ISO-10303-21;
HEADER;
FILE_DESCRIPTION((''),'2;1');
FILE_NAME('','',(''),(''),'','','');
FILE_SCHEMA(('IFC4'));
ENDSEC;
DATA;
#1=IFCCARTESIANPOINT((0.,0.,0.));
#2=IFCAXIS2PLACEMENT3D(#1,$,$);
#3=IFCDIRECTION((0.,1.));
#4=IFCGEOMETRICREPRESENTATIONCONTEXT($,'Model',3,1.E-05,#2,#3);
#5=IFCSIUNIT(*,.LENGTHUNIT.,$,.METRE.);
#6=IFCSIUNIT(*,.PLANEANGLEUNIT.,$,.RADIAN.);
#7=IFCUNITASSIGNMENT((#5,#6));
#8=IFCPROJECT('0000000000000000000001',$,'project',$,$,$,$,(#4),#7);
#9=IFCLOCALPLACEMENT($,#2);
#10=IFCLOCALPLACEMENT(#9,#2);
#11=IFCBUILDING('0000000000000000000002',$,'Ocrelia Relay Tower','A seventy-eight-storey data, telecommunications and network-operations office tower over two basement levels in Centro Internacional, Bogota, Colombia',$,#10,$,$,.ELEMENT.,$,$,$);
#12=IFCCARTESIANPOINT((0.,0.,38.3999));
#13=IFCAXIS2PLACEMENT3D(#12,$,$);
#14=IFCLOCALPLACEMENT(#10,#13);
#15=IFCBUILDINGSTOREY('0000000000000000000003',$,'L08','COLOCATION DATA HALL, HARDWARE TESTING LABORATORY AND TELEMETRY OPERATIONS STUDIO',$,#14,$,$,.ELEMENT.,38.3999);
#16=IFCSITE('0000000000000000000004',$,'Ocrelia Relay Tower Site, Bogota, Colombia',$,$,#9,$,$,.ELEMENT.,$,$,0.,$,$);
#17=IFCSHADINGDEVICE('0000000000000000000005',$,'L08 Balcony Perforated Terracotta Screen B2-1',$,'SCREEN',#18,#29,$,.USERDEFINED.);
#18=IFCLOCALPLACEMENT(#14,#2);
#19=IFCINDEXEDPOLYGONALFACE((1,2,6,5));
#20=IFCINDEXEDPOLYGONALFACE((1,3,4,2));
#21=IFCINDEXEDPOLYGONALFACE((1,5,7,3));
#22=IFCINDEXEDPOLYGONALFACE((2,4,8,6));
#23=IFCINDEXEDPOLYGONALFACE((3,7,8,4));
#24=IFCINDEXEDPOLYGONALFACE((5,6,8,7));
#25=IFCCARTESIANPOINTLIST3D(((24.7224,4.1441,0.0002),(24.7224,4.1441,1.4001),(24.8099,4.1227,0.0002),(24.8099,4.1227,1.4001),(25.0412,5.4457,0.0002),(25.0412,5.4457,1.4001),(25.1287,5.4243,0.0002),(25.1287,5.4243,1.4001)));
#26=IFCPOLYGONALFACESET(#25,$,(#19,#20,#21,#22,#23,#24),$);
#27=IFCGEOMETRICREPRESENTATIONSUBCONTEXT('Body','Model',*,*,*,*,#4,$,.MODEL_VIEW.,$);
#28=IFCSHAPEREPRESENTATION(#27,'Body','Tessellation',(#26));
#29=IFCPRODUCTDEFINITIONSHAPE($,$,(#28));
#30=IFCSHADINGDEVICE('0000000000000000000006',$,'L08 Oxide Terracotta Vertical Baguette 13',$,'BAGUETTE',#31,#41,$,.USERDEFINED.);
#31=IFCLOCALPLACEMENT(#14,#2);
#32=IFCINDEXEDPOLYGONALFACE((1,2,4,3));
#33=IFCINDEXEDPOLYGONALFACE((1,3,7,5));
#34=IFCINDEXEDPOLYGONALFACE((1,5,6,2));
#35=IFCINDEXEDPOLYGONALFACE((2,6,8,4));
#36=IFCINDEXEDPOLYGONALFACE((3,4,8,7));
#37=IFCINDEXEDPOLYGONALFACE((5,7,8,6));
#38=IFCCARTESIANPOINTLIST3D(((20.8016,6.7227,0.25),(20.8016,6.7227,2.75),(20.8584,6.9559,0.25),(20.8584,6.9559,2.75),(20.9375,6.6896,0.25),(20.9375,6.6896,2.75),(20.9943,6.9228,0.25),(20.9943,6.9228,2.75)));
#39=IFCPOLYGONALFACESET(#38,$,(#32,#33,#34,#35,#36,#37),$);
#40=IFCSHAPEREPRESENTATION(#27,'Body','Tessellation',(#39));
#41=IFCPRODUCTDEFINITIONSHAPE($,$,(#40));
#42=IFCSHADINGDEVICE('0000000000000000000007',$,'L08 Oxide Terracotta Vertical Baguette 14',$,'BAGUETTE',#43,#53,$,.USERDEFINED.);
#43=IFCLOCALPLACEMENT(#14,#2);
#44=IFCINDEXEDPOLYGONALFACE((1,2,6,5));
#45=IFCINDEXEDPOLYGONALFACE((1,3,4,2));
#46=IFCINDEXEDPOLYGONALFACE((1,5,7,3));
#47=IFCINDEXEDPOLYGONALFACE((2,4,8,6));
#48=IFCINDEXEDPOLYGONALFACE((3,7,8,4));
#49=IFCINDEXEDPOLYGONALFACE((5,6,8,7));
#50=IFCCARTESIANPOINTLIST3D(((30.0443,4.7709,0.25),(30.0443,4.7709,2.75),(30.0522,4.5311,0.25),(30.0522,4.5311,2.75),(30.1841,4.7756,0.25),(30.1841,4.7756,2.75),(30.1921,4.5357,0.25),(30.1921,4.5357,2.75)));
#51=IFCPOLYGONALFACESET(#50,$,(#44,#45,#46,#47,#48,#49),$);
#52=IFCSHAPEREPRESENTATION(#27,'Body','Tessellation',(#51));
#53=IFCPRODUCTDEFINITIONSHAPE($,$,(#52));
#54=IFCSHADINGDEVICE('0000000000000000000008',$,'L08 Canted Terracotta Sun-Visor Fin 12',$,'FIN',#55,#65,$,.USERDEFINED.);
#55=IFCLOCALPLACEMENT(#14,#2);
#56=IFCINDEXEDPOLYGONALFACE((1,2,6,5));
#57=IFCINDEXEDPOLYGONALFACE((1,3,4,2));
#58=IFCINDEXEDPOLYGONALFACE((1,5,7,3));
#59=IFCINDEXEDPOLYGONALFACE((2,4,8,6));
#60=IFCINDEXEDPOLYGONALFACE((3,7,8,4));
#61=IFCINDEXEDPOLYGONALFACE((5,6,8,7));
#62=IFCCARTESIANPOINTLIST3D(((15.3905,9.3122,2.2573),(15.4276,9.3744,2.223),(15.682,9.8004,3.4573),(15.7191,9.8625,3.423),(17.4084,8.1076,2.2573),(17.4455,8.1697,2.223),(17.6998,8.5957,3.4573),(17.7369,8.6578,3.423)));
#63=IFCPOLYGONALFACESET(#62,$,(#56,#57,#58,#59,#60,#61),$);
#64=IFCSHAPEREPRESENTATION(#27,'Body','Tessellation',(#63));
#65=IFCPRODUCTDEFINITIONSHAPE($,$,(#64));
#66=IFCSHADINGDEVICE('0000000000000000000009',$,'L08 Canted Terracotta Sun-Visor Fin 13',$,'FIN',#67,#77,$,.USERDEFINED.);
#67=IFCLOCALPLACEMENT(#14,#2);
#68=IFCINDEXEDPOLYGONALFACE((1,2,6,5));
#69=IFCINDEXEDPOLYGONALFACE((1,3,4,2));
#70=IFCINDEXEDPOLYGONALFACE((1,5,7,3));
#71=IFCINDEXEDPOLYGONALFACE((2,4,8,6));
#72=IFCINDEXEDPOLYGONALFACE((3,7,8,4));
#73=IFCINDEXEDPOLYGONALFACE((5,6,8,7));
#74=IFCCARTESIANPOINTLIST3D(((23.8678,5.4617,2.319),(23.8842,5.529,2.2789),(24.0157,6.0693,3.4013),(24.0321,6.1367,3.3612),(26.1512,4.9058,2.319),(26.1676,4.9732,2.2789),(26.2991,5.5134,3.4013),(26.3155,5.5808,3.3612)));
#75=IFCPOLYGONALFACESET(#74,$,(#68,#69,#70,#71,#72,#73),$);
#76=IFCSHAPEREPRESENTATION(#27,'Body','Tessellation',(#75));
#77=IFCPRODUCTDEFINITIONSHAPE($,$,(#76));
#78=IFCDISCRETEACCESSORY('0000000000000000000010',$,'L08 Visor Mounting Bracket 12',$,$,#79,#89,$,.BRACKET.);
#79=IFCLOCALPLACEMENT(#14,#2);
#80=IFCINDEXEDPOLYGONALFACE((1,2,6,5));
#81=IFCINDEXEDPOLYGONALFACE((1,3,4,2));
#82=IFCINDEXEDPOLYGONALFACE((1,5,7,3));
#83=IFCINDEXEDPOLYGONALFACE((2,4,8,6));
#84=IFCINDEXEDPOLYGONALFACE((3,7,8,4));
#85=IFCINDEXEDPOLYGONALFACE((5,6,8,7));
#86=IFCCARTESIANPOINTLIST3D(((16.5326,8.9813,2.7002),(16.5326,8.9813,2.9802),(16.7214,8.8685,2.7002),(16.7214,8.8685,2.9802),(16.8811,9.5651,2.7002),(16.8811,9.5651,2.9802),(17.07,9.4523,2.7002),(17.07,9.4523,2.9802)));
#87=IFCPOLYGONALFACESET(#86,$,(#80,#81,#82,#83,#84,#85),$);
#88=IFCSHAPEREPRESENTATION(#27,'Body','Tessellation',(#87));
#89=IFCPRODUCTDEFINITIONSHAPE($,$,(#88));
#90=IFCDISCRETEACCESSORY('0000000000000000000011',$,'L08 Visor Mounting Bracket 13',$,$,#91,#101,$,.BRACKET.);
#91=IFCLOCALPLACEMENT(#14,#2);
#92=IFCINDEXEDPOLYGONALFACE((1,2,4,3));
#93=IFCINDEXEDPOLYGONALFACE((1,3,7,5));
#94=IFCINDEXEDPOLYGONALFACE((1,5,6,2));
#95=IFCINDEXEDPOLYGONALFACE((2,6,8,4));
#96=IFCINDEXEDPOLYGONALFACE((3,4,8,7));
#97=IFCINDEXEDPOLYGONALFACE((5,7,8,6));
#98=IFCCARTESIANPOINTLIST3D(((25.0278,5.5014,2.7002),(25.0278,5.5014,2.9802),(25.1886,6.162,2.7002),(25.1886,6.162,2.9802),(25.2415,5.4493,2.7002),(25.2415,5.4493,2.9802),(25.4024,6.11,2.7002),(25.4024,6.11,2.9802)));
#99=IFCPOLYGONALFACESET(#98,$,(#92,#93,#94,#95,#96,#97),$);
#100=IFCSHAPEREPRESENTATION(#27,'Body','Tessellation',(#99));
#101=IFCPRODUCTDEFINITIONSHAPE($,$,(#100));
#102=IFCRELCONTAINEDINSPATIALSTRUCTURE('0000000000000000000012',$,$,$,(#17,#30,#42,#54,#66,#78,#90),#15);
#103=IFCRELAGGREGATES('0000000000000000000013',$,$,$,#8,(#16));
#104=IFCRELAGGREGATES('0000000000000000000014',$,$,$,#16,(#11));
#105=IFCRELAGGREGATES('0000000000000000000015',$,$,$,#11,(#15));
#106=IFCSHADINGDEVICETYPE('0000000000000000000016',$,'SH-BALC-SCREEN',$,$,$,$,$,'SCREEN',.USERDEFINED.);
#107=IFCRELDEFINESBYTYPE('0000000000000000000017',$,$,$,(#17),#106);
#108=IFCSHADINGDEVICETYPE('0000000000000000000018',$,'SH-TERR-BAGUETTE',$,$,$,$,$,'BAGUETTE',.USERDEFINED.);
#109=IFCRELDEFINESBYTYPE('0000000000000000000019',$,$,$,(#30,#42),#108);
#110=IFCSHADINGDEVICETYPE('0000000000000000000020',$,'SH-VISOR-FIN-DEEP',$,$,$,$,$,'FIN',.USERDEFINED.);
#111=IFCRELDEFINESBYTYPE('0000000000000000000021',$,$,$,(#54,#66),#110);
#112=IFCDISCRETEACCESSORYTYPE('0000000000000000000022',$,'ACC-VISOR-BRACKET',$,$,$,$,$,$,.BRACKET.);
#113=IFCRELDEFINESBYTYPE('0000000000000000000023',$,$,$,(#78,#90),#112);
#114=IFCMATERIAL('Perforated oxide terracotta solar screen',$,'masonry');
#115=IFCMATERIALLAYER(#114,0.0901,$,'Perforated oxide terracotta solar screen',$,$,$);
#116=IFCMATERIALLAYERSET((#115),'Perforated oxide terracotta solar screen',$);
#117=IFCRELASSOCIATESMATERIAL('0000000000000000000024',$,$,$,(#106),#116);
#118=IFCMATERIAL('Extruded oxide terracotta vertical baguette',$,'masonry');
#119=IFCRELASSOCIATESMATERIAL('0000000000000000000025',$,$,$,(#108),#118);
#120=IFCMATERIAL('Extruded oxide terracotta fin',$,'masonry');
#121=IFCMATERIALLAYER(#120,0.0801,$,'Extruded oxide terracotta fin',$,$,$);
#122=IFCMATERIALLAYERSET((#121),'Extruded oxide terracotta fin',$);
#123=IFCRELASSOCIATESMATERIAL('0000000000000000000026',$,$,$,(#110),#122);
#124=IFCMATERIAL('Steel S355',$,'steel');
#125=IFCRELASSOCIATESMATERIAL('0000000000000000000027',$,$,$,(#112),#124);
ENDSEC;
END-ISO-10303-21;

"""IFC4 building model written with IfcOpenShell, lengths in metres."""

from ifc_helpers import new_model, si_unit, direction, frame, origin, origin_2d, place, context, subcontext, project, spatial, rectangle, extrude, material, layer, layer_set, type_object, element, save


model = new_model("IFC4")

# Units and contexts
model_context = context("Model", 3, precision=1e-05, world=origin(), true_north=direction((0.0, 1.0)))
body_context = subcontext(model_context, "Body", "Model", "MODEL_VIEW")
ifc_project = project(units=[si_unit("LENGTHUNIT", "METRE"), si_unit("PLANEANGLEUNIT", "RADIAN")], contexts=[model_context])

# Site, building, storey
site_placement = place(None, origin())
site = spatial("IfcSite", under=ifc_project, at=site_placement, Name="Ocrelia Relay Tower Site, Bogota, Colombia", CompositionType="ELEMENT", RefElevation=0.0)
building_placement = place(site_placement, origin())
building = spatial("IfcBuilding", under=site, at=building_placement, Name="Ocrelia Relay Tower", Description="A seventy-eight-storey data, telecommunications and network-operations office tower over two basement levels in Centro Internacional, Bogota, Colombia", CompositionType="ELEMENT")
storey_placement = place(building_placement, frame((0.0, 0.0, 38.3999)))
storey = spatial("IfcBuildingStorey", under=building, at=storey_placement, Name="L08", Description="COLOCATION DATA HALL, HARDWARE TESTING LABORATORY AND TELEMETRY OPERATIONS STUDIO", CompositionType="ELEMENT", Elevation=38.3999)

# Shared definitions
ifc_material_1 = material(Name="Steel S355", Category="steel")

# Shading devices
ifc_material_2 = material(Name="Perforated oxide terracotta solar screen", Category="masonry")
ifc_layer_1 = layer(ifc_material_2, 0.0901, Name="Perforated oxide terracotta solar screen")
ifc_layer_set_1 = layer_set([ifc_layer_1], Name="Perforated oxide terracotta solar screen")
shading_device_type_1 = type_object("IfcShadingDeviceType", Name="SH-BALC-SCREEN", ElementType="SCREEN", PredefinedType="USERDEFINED", material=ifc_layer_set_1)
shading_device_1_placement = place(storey_placement, frame((24.9255, 4.7842, 0.0002), z_axis=(0.0, 0.0, 1.0), x_axis=(-0.237889, -0.971292, 0.0)))
element("IfcShadingDevice", 1, at=shading_device_1_placement, inside=storey, type_object=shading_device_type_1, Name="L08 Balcony Perforated Terracotta Screen B2-1", ObjectType="SCREEN", PredefinedType="USERDEFINED", context=body_context, shape_type="SweptSolid", body=[
    extrude(rectangle(XDim=1.3401, YDim=0.0901, at=origin_2d()), origin(), (0.0, 0.0, 1.0), 1.3999),
])
ifc_material_3 = material(Name="Extruded oxide terracotta vertical baguette", Category="masonry")
shading_device_type_2 = type_object("IfcShadingDeviceType", Name="SH-TERR-BAGUETTE", ElementType="BAGUETTE", PredefinedType="USERDEFINED", material=ifc_material_3)
for number, where, z_axis, x_axis, name in (
    (2, (20.8979, 6.8228, 0.25), (0.0, 0.0, 1.0), (0.971625, -0.236528, 0.0), "L08 Oxide Terracotta Vertical Baguette 13"),
    (3, (30.1182, 4.6533, 0.25), (0.0, 0.0, 1.0), (0.99945, 0.033154, 0.0), "L08 Oxide Terracotta Vertical Baguette 14"),
):
    element("IfcShadingDevice", number, at=place(storey_placement, frame(where, z_axis=z_axis, x_axis=x_axis)), inside=storey, type_object=shading_device_type_2, Name=name, ObjectType="BAGUETTE", PredefinedType="USERDEFINED", context=body_context, shape_type="SweptSolid", body=[
        extrude(rectangle(XDim=0.1399, YDim=0.24, at=origin_2d()), origin(), (0.0, 0.0, 1.0), 2.5),
    ])
ifc_material_4 = material(Name="Extruded oxide terracotta fin", Category="masonry")
ifc_layer_2 = layer(ifc_material_4, 0.0801, Name="Extruded oxide terracotta fin")
ifc_layer_set_2 = layer_set([ifc_layer_2], Name="Extruded oxide terracotta fin")
shading_device_type_3 = type_object("IfcShadingDeviceType", Name="SH-VISOR-FIN-DEEP", ElementType="FIN", PredefinedType="USERDEFINED", material=ifc_layer_set_2)
shading_device_2_placement = place(storey_placement, frame((16.5823, 9.0161, 2.823), z_axis=(-0.463249, -0.775945, 0.428147), x_axis=(0.858623, -0.512608, 0.0)))
element("IfcShadingDevice", 4, at=shading_device_2_placement, inside=storey, type_object=shading_device_type_3, Name="L08 Canted Terracotta Sun-Visor Fin 12", ObjectType="FIN", PredefinedType="USERDEFINED", context=body_context, shape_type="SweptSolid", body=[
    extrude(rectangle(XDim=2.3501, YDim=1.3279, at=origin_2d()), origin(), (0.0, 0.0, 1.0), 0.0801),
])
shading_device_3_placement = place(storey_placement, frame((25.0999, 5.5549, 2.8201), z_axis=(-0.204798, -0.841282, 0.500302), x_axis=(0.971625, -0.236528, 0.0)))
element("IfcShadingDevice", 5, at=shading_device_3_placement, inside=storey, type_object=shading_device_type_3, Name="L08 Canted Terracotta Sun-Visor Fin 13", ObjectType="FIN", PredefinedType="USERDEFINED", context=body_context, shape_type="SweptSolid", body=[
    extrude(rectangle(XDim=2.3501, YDim=1.25, at=origin_2d()), origin(), (0.0, 0.0, 1.0), 0.0801),
])

# Discrete accessories
discrete_accessory_type = type_object("IfcDiscreteAccessoryType", Name="ACC-VISOR-BRACKET", PredefinedType="BRACKET", material=ifc_material_1)
for number, where, z_axis, x_axis, name in (
    (6, (16.8013, 9.2168, 2.7002), (0.0, 0.0, 1.0), (0.858623, -0.512608, 0.0), "L08 Visor Mounting Bracket 12"),
    (7, (25.2151, 5.8057, 2.7002), (0.0, 0.0, 1.0), (0.971625, -0.236528, 0.0), "L08 Visor Mounting Bracket 13"),
):
    element("IfcDiscreteAccessory", number, at=place(storey_placement, frame(where, z_axis=z_axis, x_axis=x_axis)), inside=storey, type_object=discrete_accessory_type, Name=name, PredefinedType="BRACKET", context=body_context, shape_type="SweptSolid", body=[
        extrude(rectangle(XDim=0.22, YDim=0.6799, at=origin_2d()), origin(), (0.0, 0.0, 1.0), 0.28),
    ])

save(model, "model.ifc")
